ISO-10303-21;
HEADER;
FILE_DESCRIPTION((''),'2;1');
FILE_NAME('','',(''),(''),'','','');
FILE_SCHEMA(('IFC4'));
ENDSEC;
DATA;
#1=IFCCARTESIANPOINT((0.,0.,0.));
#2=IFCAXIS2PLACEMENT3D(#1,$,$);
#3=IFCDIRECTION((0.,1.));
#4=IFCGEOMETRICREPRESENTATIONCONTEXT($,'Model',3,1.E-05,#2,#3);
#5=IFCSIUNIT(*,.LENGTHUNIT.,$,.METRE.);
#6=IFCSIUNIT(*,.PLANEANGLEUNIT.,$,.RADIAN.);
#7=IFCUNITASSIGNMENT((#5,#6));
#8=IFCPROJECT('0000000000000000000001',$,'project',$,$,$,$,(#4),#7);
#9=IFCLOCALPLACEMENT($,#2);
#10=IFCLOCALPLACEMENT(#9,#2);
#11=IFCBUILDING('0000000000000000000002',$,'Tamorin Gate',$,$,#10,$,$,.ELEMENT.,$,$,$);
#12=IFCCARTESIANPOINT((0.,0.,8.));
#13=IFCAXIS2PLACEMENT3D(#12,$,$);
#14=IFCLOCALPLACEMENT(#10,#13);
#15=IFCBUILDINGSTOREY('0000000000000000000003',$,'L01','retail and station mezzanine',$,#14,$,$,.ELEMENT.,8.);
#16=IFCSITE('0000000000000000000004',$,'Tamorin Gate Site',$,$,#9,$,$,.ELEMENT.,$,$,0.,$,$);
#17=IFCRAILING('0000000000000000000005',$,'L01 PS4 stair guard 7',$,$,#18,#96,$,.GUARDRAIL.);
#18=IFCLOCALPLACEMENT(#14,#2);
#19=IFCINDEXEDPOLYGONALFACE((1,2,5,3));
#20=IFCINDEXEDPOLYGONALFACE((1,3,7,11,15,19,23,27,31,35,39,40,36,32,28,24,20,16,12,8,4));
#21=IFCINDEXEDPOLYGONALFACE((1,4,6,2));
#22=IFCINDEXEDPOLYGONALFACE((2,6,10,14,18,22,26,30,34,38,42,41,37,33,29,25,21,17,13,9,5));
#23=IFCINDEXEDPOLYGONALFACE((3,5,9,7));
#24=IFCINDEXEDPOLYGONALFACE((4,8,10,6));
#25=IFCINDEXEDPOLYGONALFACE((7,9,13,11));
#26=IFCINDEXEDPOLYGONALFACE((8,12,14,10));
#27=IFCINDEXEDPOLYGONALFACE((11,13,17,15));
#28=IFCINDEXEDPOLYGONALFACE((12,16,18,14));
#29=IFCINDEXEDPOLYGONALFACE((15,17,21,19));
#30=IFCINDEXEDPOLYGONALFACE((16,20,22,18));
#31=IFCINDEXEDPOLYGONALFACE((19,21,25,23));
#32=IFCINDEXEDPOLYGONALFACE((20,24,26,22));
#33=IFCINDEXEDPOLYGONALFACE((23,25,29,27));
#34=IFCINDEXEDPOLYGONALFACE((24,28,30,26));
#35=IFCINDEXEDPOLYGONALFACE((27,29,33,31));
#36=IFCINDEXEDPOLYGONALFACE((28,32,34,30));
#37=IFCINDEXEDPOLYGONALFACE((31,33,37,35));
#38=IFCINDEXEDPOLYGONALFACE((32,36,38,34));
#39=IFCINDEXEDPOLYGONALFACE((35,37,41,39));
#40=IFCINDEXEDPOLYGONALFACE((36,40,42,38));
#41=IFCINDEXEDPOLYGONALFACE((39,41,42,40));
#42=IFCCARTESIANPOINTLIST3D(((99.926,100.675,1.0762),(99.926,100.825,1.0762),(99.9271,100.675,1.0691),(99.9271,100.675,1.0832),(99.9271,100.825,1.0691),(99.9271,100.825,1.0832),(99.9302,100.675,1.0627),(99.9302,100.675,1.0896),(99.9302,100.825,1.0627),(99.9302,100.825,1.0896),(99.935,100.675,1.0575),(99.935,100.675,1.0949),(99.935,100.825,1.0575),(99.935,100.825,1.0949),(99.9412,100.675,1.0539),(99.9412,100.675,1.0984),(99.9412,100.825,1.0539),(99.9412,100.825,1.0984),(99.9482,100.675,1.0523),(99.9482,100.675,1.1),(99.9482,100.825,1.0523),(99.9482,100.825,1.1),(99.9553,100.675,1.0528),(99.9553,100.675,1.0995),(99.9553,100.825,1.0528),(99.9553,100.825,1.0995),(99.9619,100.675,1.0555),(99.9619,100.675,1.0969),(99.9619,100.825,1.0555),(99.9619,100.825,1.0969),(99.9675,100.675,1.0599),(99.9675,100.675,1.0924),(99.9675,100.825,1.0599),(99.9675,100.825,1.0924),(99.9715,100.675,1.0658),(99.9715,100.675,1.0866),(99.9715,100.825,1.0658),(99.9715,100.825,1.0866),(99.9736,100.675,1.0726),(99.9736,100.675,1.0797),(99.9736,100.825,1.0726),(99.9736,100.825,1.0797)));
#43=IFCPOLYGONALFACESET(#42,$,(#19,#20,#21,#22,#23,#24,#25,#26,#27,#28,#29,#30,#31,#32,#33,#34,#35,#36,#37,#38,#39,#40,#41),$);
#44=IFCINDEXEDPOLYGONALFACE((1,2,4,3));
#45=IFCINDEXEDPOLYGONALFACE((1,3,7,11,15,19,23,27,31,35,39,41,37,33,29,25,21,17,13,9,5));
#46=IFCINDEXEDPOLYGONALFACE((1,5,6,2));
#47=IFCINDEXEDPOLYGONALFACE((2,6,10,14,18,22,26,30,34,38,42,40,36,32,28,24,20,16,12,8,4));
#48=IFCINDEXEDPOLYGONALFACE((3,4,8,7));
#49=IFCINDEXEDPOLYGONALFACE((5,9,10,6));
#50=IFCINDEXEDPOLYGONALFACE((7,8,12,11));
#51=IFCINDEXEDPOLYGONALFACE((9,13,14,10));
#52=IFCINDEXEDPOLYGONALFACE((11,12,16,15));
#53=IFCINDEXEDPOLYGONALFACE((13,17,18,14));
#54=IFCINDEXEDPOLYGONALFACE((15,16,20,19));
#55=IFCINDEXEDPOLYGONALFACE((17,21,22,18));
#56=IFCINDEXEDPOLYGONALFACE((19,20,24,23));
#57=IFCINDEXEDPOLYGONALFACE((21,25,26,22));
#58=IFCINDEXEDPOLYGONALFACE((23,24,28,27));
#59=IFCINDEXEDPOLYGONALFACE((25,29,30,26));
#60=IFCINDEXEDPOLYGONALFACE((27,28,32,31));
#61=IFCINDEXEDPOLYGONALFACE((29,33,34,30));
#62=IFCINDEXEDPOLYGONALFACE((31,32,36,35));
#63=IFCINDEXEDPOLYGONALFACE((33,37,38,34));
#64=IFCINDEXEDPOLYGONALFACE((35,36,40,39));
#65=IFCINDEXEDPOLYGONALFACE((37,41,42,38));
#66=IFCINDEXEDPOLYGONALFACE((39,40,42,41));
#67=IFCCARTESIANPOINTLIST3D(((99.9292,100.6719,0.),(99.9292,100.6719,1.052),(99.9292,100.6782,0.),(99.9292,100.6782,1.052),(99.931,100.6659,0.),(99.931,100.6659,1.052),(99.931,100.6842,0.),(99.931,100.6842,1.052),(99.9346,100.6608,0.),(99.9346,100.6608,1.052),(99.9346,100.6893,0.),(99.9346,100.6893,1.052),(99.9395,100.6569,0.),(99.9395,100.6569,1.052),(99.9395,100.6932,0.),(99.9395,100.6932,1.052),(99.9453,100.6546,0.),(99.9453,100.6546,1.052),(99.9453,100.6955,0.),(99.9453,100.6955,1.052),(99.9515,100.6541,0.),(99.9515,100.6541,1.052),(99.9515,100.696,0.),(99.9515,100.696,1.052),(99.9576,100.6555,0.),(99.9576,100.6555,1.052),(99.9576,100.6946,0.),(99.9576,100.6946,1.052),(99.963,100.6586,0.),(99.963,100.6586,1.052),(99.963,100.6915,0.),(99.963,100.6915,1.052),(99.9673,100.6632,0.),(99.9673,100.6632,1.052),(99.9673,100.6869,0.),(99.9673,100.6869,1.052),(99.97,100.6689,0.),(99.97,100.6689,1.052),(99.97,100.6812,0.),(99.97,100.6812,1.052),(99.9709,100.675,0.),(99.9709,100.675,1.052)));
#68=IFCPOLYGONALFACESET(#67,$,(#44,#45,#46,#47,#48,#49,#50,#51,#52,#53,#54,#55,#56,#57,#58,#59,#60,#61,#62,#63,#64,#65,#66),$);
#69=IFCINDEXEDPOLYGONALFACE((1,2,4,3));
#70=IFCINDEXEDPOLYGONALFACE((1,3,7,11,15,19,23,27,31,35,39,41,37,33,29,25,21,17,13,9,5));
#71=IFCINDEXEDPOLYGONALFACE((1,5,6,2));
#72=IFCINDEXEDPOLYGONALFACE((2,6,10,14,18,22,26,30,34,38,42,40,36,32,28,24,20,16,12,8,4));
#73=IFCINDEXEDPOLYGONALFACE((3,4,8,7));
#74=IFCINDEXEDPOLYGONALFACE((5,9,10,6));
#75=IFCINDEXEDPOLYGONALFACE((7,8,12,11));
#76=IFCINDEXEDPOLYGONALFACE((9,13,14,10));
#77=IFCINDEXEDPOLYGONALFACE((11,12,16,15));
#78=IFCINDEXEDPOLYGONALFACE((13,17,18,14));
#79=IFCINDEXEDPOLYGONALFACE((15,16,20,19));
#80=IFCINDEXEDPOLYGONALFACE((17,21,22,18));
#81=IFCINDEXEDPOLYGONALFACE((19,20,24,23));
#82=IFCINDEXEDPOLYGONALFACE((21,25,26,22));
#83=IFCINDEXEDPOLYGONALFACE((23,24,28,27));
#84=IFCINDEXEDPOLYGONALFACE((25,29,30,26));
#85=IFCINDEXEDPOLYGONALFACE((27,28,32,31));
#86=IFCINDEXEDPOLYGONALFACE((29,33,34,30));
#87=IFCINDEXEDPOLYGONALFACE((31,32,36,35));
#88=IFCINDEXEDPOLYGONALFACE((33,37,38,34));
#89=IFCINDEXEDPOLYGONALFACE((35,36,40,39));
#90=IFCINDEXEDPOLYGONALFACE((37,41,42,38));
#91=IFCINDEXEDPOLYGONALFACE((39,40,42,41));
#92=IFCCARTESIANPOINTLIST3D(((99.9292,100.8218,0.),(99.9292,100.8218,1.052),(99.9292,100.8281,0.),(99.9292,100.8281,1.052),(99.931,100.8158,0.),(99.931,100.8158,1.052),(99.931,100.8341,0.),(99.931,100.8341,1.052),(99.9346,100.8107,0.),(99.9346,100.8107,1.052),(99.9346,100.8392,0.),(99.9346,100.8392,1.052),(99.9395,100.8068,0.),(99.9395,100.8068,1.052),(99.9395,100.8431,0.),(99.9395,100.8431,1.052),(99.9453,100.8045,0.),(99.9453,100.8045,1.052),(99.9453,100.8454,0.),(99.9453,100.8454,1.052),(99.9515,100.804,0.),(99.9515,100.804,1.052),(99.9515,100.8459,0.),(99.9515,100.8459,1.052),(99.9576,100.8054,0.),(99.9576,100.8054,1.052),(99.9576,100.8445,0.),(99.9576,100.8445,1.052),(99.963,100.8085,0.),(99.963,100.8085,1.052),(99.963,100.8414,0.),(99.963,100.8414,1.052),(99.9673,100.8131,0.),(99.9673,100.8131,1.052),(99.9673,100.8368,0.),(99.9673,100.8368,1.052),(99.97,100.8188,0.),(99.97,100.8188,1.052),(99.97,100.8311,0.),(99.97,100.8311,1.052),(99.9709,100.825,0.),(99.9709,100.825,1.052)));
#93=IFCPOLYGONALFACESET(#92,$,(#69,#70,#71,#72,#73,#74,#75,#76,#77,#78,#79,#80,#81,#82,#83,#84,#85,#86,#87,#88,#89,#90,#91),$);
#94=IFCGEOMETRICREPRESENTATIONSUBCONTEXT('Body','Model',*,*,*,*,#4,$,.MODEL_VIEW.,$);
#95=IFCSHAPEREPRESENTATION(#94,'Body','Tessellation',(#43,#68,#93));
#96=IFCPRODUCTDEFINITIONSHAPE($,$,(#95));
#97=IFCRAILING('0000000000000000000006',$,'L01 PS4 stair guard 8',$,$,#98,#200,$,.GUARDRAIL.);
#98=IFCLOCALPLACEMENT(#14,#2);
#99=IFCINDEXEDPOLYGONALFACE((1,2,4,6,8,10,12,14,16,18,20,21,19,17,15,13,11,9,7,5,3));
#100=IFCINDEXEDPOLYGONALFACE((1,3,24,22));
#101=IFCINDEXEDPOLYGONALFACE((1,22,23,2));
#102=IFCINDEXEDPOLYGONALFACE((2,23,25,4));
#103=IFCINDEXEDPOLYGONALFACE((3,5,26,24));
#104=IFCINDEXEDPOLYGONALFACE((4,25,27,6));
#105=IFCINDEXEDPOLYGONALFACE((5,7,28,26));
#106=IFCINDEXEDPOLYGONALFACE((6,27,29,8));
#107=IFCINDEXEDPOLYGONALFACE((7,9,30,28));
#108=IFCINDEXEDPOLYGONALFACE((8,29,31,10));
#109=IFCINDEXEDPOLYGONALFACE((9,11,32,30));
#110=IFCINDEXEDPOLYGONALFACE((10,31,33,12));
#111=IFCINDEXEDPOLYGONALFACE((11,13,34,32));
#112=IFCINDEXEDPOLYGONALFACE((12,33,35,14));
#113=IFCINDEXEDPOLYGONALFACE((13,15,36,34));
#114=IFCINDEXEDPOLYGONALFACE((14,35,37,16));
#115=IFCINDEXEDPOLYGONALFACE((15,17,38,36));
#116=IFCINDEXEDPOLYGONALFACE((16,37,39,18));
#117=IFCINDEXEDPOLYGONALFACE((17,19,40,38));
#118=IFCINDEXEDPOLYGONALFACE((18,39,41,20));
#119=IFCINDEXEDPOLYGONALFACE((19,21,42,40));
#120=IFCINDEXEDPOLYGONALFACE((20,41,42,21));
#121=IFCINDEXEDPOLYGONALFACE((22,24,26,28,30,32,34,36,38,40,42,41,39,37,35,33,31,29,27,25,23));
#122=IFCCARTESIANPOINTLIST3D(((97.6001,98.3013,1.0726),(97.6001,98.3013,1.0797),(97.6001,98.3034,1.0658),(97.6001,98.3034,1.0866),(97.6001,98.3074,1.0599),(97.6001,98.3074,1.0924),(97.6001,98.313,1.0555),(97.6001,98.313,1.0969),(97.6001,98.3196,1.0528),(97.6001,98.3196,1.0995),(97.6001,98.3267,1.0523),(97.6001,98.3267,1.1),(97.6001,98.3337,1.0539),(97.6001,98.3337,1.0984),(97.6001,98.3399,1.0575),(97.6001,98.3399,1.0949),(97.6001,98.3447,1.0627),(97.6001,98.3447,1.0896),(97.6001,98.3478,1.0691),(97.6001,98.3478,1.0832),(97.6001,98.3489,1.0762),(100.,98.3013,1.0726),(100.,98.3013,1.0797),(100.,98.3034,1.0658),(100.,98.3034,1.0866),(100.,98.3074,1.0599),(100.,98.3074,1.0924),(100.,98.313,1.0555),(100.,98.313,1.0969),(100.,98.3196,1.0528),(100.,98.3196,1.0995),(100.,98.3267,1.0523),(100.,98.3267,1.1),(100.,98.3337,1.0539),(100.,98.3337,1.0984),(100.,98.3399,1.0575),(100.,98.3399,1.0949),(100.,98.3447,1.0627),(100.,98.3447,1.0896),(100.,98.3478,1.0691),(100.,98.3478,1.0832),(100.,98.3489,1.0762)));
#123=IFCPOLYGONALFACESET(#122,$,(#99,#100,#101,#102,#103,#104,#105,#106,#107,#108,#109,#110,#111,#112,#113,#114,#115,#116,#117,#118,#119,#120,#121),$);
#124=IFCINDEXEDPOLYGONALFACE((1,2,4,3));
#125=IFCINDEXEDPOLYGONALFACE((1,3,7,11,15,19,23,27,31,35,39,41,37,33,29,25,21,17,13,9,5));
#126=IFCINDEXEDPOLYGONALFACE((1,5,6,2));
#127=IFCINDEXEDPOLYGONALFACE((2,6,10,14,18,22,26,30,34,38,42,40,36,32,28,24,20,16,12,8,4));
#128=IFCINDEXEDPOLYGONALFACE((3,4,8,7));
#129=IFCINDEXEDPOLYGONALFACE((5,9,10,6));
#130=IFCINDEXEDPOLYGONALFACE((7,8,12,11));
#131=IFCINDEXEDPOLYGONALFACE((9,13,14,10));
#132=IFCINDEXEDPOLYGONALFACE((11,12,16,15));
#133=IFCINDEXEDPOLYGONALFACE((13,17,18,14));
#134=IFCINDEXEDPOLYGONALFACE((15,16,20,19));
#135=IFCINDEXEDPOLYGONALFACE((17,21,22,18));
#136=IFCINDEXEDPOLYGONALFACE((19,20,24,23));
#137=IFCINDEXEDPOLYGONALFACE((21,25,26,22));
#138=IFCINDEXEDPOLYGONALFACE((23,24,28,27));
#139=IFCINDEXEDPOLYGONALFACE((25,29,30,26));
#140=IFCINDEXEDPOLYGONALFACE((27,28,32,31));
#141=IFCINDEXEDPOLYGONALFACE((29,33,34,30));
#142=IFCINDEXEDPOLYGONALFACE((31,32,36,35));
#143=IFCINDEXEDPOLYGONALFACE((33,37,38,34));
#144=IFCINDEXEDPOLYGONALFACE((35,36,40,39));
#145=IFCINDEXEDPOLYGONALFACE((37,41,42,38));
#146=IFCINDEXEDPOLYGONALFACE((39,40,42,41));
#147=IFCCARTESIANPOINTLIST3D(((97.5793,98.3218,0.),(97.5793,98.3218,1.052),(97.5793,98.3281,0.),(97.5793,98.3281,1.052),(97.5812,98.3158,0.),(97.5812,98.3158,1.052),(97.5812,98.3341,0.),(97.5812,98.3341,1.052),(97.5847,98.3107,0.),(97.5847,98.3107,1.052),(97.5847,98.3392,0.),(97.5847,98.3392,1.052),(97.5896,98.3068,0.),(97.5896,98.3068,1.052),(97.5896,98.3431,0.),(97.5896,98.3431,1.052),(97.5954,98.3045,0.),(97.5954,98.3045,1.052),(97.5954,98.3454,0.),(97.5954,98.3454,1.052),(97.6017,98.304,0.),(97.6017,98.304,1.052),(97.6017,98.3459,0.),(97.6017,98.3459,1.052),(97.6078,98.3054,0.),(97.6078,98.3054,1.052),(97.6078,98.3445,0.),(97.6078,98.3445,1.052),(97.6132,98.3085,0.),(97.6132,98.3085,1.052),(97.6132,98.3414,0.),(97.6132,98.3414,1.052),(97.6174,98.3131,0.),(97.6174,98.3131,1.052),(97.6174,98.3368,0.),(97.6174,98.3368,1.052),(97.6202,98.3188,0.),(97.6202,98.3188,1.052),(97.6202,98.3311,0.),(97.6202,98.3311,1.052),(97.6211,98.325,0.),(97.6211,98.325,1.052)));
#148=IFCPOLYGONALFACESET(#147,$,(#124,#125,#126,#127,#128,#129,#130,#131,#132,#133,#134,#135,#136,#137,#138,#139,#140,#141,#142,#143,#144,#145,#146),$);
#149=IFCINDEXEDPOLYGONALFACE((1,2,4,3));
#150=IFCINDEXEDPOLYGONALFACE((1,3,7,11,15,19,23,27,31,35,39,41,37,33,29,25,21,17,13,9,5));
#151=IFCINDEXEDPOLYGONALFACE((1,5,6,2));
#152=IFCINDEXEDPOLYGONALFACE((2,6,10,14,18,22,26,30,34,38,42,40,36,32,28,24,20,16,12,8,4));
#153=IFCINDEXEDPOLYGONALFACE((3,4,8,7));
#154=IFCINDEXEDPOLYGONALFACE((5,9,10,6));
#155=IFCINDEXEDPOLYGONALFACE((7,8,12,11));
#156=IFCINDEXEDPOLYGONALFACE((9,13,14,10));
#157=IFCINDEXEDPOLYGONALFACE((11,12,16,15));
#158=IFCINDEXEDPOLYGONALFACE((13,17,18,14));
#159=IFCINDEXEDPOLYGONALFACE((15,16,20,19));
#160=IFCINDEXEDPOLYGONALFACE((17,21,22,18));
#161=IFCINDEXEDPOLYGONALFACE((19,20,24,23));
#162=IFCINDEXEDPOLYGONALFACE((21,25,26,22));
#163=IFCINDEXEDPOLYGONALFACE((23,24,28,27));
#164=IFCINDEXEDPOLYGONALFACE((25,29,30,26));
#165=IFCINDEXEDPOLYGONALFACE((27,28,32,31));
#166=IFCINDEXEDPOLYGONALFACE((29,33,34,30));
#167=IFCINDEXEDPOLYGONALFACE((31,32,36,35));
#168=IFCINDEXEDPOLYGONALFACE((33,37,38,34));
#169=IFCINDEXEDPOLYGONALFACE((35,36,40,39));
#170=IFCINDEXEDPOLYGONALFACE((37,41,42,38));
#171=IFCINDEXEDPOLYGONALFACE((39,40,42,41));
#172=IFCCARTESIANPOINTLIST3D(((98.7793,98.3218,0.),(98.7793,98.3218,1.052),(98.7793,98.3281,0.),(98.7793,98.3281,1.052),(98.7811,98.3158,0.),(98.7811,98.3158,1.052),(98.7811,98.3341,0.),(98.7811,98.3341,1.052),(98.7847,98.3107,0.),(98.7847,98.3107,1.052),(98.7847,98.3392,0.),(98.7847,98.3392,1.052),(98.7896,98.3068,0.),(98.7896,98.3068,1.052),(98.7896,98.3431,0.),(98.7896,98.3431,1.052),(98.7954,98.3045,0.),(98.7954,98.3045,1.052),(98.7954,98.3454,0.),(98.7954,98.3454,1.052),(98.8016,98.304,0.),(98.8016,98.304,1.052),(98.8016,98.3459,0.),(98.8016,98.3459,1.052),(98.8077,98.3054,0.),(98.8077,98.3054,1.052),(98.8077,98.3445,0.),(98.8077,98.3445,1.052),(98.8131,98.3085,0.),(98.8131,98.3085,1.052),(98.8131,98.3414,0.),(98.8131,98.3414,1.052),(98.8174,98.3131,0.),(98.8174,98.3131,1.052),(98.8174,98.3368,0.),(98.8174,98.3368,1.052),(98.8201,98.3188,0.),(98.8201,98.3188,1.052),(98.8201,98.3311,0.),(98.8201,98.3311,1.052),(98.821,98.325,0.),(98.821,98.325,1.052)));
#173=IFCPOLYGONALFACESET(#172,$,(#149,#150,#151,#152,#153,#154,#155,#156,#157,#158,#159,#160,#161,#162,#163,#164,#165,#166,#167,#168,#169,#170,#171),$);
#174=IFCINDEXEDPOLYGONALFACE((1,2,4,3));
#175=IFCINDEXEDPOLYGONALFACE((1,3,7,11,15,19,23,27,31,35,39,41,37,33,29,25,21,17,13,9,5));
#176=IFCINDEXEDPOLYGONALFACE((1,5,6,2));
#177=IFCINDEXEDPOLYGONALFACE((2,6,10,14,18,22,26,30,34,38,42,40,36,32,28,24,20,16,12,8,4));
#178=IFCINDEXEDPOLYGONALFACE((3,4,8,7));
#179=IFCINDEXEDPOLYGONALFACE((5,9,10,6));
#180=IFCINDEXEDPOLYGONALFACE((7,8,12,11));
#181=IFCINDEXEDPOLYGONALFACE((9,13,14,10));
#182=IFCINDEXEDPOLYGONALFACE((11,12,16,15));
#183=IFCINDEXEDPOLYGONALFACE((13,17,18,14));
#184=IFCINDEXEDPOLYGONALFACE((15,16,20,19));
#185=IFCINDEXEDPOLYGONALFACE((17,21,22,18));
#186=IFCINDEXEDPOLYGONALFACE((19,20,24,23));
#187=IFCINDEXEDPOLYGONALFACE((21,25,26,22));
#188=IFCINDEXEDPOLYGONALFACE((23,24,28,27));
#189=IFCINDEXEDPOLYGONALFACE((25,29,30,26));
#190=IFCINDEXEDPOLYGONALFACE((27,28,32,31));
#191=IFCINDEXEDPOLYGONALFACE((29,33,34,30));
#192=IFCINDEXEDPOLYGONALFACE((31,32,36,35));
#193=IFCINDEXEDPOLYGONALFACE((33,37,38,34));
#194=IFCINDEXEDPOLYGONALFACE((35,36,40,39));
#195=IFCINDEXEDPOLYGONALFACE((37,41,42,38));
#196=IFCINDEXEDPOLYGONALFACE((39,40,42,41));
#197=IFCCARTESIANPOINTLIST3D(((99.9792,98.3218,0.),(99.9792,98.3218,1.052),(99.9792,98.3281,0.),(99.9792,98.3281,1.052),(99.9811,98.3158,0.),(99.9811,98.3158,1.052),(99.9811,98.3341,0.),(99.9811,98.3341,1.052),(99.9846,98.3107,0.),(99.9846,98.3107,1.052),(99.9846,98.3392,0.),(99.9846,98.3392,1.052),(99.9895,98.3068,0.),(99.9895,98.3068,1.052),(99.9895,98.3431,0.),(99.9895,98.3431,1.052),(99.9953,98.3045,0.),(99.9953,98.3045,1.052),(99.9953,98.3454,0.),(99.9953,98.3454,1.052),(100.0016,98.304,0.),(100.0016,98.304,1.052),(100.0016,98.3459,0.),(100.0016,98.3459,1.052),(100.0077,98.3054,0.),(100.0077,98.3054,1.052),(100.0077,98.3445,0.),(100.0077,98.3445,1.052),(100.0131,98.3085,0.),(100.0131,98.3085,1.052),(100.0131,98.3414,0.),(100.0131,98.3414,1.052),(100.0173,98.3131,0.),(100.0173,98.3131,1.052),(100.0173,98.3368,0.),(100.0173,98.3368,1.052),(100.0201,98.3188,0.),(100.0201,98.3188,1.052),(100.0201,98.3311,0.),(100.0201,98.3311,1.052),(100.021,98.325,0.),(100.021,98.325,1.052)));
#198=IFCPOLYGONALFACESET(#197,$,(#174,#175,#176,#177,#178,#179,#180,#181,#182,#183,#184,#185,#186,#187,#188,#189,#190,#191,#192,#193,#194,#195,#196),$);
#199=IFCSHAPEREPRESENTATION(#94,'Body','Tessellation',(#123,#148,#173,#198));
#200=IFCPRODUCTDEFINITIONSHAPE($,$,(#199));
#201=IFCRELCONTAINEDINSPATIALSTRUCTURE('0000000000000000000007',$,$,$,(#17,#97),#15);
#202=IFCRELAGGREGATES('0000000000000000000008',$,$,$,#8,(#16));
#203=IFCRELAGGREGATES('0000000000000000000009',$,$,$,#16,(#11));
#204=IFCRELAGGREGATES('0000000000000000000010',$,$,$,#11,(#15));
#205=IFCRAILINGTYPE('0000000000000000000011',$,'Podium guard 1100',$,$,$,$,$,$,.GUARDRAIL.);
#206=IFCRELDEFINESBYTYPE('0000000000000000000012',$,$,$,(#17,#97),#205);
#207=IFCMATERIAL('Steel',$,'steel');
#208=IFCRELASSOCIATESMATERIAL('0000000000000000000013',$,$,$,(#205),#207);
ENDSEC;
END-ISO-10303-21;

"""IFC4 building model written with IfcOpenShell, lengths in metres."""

from ifc_helpers import new_model, si_unit, direction, frame, origin, origin_2d, place, context, subcontext, project, spatial, circle, extrude, material, type_object, element, save


model = new_model("IFC4")

# Units and contexts
model_context = context("Model", 3, precision=1e-05, world=origin(), true_north=direction((0.0, 1.0)))
body_context = subcontext(model_context, "Body", "Model", "MODEL_VIEW")
ifc_project = project(units=[si_unit("LENGTHUNIT", "METRE"), si_unit("PLANEANGLEUNIT", "RADIAN")], contexts=[model_context])

# Site, building, storey
site_placement = place(None, origin())
site = spatial("IfcSite", under=ifc_project, at=site_placement, Name="Tamorin Gate Site", CompositionType="ELEMENT", RefElevation=0.0)
building_placement = place(site_placement, origin())
building = spatial("IfcBuilding", under=site, at=building_placement, Name="Tamorin Gate", CompositionType="ELEMENT")
storey_placement = place(building_placement, frame((0.0, 0.0, 8.0)))
storey = spatial("IfcBuildingStorey", under=building, at=storey_placement, Name="L01", Description="retail and station mezzanine", CompositionType="ELEMENT", Elevation=8.0)

# Railings
ifc_material_1 = material(Name="Steel", Category="steel")
railing_type_1 = type_object("IfcRailingType", Name="Podium guard 1100", PredefinedType="GUARDRAIL", material=ifc_material_1)
railing_1_placement = place(storey_placement, frame((99.95, 100.675, 0.0)))
element("IfcRailing", 1, at=railing_1_placement, inside=storey, type_object=railing_type_1, Name="L01 PS4 stair guard 7", PredefinedType="GUARDRAIL", context=body_context, shape_type="SweptSolid", body=[
    extrude(circle(Radius=0.0239, at=origin_2d()), frame((0.0, 0.0, 1.0762), z_axis=(0.0, 1.0, 0.0), x_axis=(-1.0, 0.0, 0.0)), (0.0, 0.0, 1.0), 0.1499),
    extrude(circle(Radius=0.021, at=origin_2d()), origin(), (0.0, 0.0, 1.0), 1.052),
    extrude(circle(Radius=0.021, at=origin_2d()), frame((0.0, 0.1499, 0.0)), (0.0, 0.0, 1.0), 1.052),
])
for number, where, name in (
    (2, (97.6001, 98.325, 0.0), "L01 PS4 stair guard 8"),
):
    element("IfcRailing", number, at=place(storey_placement, frame(where)), inside=storey, type_object=railing_type_1, Name=name, PredefinedType="GUARDRAIL", context=body_context, shape_type="SweptSolid", body=[
        extrude(circle(Radius=0.0239, at=origin_2d()), frame((0.0, 0.0, 1.0762), z_axis=(1.0, 0.0, 0.0), x_axis=(0.0, 1.0, 0.0)), (0.0, 0.0, 1.0), 2.3999),
        extrude(circle(Radius=0.021, at=origin_2d()), origin(), (0.0, 0.0, 1.0), 1.052),
        extrude(circle(Radius=0.021, at=origin_2d()), frame((1.2, 0.0, 0.0)), (0.0, 0.0, 1.0), 1.052),
        extrude(circle(Radius=0.021, at=origin_2d()), frame((2.3999, 0.0, 0.0)), (0.0, 0.0, 1.0), 1.052),
    ])

save(model, "model.ifc")
